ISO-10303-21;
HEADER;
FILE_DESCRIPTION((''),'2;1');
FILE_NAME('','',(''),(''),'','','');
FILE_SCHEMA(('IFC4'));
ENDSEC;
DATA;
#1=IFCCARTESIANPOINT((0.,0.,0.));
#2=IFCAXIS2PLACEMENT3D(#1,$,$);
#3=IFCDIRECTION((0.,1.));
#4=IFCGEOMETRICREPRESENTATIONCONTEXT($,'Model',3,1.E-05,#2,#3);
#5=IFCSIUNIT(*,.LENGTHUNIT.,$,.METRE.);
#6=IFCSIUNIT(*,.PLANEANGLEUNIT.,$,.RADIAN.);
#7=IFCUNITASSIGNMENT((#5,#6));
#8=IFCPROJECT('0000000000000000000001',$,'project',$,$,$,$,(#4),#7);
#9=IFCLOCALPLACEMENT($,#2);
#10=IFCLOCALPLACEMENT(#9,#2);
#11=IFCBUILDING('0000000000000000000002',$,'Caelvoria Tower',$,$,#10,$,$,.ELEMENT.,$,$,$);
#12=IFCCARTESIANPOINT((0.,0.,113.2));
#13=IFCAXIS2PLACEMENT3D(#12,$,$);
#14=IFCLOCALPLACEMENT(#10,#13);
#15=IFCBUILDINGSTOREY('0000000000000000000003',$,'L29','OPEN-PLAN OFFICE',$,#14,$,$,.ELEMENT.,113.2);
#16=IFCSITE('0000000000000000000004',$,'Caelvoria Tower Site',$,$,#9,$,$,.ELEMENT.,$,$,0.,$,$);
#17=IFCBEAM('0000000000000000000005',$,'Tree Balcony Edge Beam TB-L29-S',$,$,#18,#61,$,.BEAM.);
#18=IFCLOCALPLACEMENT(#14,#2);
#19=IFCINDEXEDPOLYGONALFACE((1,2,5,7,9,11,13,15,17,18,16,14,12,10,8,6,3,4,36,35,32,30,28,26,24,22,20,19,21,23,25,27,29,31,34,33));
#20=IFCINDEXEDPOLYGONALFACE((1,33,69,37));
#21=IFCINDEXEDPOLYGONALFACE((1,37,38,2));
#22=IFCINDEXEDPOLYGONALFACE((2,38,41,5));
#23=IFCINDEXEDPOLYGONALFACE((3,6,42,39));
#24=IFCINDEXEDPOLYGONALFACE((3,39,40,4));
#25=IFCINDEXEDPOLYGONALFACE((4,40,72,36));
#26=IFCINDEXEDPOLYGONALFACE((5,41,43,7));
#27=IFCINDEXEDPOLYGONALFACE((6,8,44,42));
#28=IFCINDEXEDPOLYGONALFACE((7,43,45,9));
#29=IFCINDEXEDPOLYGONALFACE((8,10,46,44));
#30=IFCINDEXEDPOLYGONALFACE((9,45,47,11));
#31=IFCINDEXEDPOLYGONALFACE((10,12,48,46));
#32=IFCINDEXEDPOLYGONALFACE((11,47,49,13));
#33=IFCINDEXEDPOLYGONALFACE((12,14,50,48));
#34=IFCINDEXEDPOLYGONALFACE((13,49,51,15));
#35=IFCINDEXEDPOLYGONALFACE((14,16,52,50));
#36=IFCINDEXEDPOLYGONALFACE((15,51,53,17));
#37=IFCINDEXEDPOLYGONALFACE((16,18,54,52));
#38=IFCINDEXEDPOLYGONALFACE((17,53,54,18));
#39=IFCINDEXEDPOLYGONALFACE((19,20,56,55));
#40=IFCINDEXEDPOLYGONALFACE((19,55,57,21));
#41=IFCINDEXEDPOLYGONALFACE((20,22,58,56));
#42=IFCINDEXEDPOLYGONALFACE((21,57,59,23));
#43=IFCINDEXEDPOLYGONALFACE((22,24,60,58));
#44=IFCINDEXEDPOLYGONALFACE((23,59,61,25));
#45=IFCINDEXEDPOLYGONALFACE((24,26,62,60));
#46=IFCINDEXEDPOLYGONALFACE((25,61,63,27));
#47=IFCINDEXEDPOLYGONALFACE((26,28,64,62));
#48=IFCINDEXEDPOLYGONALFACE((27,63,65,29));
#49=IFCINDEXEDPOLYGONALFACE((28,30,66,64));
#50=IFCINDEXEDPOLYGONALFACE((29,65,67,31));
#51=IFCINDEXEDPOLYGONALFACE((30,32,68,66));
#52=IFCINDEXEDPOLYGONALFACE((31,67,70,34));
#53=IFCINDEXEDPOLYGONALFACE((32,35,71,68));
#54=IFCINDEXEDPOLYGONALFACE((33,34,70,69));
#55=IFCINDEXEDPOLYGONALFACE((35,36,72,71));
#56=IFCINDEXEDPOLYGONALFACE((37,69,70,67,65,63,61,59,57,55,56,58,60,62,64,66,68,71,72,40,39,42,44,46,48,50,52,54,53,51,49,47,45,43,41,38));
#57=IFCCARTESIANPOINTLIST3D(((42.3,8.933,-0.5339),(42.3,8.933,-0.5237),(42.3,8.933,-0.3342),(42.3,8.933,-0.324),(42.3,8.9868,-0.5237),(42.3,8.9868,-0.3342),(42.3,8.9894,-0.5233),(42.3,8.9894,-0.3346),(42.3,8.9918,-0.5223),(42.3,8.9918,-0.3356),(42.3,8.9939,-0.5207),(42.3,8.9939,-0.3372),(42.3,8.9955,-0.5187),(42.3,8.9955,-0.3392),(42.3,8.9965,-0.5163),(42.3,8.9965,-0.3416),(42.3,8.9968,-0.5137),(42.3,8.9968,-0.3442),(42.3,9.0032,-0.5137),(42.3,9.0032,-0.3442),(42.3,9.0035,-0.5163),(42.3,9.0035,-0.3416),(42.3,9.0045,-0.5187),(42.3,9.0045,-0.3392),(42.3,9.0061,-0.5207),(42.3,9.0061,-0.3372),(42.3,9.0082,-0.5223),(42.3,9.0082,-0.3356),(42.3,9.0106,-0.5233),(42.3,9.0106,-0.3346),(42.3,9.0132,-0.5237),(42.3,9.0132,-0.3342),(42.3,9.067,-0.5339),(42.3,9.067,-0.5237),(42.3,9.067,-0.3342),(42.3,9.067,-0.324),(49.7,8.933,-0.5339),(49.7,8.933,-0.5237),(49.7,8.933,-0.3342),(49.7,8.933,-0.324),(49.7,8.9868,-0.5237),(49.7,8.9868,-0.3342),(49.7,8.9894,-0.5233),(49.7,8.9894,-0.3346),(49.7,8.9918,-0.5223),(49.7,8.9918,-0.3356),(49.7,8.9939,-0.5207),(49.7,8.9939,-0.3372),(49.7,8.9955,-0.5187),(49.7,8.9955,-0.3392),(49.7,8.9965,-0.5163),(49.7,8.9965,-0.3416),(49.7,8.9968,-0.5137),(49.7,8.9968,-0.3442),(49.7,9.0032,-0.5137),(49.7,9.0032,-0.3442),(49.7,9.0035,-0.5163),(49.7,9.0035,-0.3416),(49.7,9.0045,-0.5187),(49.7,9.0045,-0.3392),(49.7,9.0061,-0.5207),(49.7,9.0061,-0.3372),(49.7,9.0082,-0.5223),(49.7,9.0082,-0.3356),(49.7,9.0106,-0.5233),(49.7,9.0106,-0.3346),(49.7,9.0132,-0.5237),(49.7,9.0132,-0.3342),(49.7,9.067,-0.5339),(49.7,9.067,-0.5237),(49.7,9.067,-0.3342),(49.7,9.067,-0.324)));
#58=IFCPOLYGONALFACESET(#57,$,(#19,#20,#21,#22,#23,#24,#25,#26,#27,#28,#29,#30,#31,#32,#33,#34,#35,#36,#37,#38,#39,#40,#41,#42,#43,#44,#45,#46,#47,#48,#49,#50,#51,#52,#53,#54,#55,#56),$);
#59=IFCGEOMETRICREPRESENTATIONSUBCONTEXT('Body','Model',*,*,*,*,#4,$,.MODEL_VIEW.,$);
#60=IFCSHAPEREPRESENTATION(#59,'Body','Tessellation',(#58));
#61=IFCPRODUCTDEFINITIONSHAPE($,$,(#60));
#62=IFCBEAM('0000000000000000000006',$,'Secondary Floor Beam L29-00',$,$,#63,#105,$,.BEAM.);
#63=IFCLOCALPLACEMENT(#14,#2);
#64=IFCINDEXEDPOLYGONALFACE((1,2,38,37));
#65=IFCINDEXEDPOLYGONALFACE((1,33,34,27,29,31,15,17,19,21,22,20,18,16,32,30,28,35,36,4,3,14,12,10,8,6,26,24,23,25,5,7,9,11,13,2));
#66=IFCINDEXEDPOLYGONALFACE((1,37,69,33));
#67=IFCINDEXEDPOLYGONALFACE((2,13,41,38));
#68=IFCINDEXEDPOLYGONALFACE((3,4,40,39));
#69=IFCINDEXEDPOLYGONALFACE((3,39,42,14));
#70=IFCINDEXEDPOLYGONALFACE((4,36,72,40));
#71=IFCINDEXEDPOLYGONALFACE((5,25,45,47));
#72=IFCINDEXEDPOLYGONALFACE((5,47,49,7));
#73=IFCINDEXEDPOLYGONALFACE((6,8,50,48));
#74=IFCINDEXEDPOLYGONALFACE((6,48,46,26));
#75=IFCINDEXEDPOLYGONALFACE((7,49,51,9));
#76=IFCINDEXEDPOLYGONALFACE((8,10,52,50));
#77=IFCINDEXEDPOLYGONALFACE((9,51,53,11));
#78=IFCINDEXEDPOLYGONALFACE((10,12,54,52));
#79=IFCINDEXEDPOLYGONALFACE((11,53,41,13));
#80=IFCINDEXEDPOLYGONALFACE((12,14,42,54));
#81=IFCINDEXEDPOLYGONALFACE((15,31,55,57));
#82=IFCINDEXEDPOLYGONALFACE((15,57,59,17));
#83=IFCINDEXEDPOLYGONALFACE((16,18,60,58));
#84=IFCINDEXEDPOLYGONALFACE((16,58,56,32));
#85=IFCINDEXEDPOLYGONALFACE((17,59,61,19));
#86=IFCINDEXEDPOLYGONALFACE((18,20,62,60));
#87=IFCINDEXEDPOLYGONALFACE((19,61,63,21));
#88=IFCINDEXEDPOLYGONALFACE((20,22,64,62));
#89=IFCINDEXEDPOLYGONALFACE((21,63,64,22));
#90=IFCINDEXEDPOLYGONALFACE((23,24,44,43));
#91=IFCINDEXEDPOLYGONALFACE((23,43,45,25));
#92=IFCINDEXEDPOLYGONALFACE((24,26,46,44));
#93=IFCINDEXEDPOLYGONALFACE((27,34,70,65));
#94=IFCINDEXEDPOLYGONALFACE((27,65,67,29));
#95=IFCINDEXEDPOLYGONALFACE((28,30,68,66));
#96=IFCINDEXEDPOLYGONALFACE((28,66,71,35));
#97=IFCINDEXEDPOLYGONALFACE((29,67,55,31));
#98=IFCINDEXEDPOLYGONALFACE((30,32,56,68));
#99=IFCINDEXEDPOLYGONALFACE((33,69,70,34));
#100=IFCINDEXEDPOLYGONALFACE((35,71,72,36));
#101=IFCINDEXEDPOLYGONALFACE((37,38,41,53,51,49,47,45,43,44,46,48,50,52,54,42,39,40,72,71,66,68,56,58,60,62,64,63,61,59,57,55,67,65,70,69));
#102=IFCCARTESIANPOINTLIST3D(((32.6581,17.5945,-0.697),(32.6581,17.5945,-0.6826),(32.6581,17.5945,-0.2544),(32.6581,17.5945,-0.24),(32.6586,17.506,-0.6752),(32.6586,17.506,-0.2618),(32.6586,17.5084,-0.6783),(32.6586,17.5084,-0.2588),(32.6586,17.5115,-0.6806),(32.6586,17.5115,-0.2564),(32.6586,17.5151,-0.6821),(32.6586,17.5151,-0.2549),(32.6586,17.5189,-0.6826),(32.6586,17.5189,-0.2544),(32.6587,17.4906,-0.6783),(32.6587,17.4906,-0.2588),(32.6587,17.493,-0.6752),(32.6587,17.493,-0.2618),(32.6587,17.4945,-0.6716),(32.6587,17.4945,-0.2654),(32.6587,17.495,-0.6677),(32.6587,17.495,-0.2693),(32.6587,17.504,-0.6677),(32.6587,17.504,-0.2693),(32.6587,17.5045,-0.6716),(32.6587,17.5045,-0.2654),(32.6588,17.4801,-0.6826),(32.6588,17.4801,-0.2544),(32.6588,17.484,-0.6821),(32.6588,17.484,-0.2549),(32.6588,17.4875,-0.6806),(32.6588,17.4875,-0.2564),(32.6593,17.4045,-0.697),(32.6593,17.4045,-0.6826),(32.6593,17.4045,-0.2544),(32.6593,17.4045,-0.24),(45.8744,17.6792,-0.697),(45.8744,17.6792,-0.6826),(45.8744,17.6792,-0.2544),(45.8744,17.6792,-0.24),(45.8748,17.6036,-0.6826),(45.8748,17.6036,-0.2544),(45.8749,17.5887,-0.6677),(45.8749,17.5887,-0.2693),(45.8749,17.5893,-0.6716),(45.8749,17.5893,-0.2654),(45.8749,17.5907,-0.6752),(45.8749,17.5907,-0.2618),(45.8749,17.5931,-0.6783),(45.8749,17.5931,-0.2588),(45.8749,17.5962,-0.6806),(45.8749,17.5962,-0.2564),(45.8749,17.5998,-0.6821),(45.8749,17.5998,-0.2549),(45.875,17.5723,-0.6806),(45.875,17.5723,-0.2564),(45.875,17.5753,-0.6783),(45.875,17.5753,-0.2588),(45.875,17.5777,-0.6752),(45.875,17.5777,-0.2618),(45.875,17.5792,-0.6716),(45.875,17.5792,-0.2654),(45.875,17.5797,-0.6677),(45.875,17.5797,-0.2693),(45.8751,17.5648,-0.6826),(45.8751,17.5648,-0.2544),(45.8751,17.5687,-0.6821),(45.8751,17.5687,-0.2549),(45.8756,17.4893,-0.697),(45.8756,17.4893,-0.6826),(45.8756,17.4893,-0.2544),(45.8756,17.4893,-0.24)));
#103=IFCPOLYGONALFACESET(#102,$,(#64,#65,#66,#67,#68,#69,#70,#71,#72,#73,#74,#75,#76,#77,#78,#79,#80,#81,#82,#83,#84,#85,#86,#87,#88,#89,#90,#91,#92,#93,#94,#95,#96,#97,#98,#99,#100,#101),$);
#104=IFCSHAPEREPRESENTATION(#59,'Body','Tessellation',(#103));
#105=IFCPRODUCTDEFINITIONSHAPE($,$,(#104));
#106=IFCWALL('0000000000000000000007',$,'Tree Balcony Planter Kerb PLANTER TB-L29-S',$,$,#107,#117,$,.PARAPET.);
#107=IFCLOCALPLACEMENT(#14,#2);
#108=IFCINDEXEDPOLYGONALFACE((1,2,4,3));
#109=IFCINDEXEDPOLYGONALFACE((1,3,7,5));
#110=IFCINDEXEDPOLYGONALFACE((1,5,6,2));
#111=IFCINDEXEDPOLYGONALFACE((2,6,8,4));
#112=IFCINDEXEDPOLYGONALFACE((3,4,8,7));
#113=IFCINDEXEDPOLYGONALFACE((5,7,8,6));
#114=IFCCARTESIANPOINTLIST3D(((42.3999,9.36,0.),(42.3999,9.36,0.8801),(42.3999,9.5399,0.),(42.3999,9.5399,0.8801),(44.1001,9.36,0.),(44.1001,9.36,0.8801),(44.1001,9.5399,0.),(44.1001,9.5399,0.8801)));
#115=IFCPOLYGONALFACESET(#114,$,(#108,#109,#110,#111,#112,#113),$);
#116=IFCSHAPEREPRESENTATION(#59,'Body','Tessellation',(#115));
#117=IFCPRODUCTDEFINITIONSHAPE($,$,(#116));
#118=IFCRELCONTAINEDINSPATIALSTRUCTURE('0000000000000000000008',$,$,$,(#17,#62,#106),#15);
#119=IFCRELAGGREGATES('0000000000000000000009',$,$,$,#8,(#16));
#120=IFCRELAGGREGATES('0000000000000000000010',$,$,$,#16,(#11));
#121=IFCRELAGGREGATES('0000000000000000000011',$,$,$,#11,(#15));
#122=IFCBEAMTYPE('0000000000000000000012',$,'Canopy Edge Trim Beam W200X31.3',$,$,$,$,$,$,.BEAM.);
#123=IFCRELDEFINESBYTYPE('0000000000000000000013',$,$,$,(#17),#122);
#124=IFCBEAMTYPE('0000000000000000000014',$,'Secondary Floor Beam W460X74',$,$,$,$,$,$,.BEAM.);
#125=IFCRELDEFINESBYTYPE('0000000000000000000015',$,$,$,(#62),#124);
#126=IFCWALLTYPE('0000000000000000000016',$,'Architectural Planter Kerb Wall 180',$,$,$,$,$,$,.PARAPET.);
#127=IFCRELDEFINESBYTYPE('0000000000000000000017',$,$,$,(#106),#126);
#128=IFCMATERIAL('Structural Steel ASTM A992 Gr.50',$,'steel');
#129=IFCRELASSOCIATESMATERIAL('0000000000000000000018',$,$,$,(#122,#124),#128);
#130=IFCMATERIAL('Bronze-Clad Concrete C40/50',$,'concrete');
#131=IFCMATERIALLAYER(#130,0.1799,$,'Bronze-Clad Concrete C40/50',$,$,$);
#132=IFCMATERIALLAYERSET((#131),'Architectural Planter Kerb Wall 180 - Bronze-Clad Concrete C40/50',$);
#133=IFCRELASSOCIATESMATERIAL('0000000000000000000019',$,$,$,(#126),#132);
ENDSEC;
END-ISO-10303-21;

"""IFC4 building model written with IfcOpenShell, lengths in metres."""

from ifc_helpers import new_model, si_unit, direction, frame, frame_2d, origin, origin_2d, place, context, subcontext, project, spatial, rectangle, i_section, extrude, material, layer, layer_set, material_profile, profile_set, type_object, element, save


model = new_model("IFC4")

# Units and contexts
model_context = context("Model", 3, precision=1e-05, world=origin(), true_north=direction((0.0, 1.0)))
body_context = subcontext(model_context, "Body", "Model", "MODEL_VIEW")
ifc_project = project(units=[si_unit("LENGTHUNIT", "METRE"), si_unit("PLANEANGLEUNIT", "RADIAN")], contexts=[model_context])

# Site, building, storey
site_placement = place(None, origin())
site = spatial("IfcSite", under=ifc_project, at=site_placement, Name="Caelvoria Tower Site", CompositionType="ELEMENT", RefElevation=0.0)
building_placement = place(site_placement, origin())
building = spatial("IfcBuilding", under=site, at=building_placement, Name="Caelvoria Tower", CompositionType="ELEMENT")
storey_placement = place(building_placement, frame((0.0, 0.0, 113.2)))
storey = spatial("IfcBuildingStorey", under=building, at=storey_placement, Name="L29", Description="OPEN-PLAN OFFICE", CompositionType="ELEMENT", Elevation=113.2)

# Beams
ifc_material_1 = material(Name="Structural Steel ASTM A992 Gr.50", Category="steel")
ifc_material_profile_1 = material_profile(ifc_material_1, i_section(OverallWidth=0.134, OverallDepth=0.21, WebThickness=0.0063, FlangeThickness=0.0103, FilletRadius=0.01, at=origin_2d()), Name="Structural Steel ASTM A992 Gr.50")
ifc_profile_set_1 = profile_set([ifc_material_profile_1], Name="W200X31.3 - Structural Steel ASTM A992 Gr.50")
beam_type_1 = type_object("IfcBeamType", Name="Canopy Edge Trim Beam W200X31.3", PredefinedType="BEAM", material=ifc_profile_set_1)
beam_1_placement = place(storey_placement, frame((42.3, 9.0, -0.429), z_axis=(1.0, 0.0, 0.0), x_axis=(0.0, 1.0, 0.0)))
element("IfcBeam", 1, at=beam_1_placement, inside=storey, type_object=beam_type_1, Name="Tree Balcony Edge Beam TB-L29-S", PredefinedType="BEAM", context=body_context, shape_type="SweptSolid", body=[
    extrude(i_section(OverallWidth=0.134, OverallDepth=0.21, WebThickness=0.0063, FlangeThickness=0.0103, FilletRadius=0.01, at=origin_2d()), origin(), (0.0, 0.0, 1.0), 7.3999),
])
ifc_material_profile_2 = material_profile(ifc_material_1, i_section(OverallWidth=0.1899, OverallDepth=0.457, WebThickness=0.009, FlangeThickness=0.0144, FilletRadius=0.0149, at=origin_2d()), Name="Structural Steel ASTM A992 Gr.50")
ifc_profile_set_2 = profile_set([ifc_material_profile_2], Name="W460X74 - Structural Steel ASTM A992 Gr.50")
beam_type_2 = type_object("IfcBeamType", Name="Secondary Floor Beam W460X74", PredefinedType="BEAM", material=ifc_profile_set_2)
beam_2_placement = place(storey_placement, frame((32.6587, 17.4995, -0.4685), z_axis=(0.999979, 0.00641, 0.0), x_axis=(-0.00641, 0.999979, 0.0)))
element("IfcBeam", 2, at=beam_2_placement, inside=storey, type_object=beam_type_2, Name="Secondary Floor Beam L29-00", PredefinedType="BEAM", context=body_context, shape_type="SweptSolid", body=[
    extrude(i_section(OverallWidth=0.1899, OverallDepth=0.457, WebThickness=0.009, FlangeThickness=0.0144, FilletRadius=0.0149, at=origin_2d()), origin(), (0.0, 0.0, 1.0), 13.2166),
])

# Wall
ifc_material_2 = material(Name="Bronze-Clad Concrete C40/50", Category="concrete")
ifc_layer_1 = layer(ifc_material_2, 0.1799, Name="Bronze-Clad Concrete C40/50")
ifc_layer_set_1 = layer_set([ifc_layer_1], Name="Architectural Planter Kerb Wall 180 - Bronze-Clad Concrete C40/50")
wall_type_1 = type_object("IfcWallType", Name="Architectural Planter Kerb Wall 180", PredefinedType="PARAPET", material=ifc_layer_set_1)
wall_1_placement = place(storey_placement, frame((42.3999, 9.45, 0.0), z_axis=(0.0, 0.0, 1.0), x_axis=(1.0, 0.0, 0.0)))
element("IfcWall", 3, at=wall_1_placement, inside=storey, type_object=wall_type_1, Name="Tree Balcony Planter Kerb PLANTER TB-L29-S", PredefinedType="PARAPET", context=body_context, shape_type="SweptSolid", body=[
    extrude(rectangle(XDim=1.7002, YDim=0.1799, at=frame_2d((0.8501, 0.0))), origin(), (0.0, 0.0, 1.0), 0.8801),
])

save(model, "model.ifc")
